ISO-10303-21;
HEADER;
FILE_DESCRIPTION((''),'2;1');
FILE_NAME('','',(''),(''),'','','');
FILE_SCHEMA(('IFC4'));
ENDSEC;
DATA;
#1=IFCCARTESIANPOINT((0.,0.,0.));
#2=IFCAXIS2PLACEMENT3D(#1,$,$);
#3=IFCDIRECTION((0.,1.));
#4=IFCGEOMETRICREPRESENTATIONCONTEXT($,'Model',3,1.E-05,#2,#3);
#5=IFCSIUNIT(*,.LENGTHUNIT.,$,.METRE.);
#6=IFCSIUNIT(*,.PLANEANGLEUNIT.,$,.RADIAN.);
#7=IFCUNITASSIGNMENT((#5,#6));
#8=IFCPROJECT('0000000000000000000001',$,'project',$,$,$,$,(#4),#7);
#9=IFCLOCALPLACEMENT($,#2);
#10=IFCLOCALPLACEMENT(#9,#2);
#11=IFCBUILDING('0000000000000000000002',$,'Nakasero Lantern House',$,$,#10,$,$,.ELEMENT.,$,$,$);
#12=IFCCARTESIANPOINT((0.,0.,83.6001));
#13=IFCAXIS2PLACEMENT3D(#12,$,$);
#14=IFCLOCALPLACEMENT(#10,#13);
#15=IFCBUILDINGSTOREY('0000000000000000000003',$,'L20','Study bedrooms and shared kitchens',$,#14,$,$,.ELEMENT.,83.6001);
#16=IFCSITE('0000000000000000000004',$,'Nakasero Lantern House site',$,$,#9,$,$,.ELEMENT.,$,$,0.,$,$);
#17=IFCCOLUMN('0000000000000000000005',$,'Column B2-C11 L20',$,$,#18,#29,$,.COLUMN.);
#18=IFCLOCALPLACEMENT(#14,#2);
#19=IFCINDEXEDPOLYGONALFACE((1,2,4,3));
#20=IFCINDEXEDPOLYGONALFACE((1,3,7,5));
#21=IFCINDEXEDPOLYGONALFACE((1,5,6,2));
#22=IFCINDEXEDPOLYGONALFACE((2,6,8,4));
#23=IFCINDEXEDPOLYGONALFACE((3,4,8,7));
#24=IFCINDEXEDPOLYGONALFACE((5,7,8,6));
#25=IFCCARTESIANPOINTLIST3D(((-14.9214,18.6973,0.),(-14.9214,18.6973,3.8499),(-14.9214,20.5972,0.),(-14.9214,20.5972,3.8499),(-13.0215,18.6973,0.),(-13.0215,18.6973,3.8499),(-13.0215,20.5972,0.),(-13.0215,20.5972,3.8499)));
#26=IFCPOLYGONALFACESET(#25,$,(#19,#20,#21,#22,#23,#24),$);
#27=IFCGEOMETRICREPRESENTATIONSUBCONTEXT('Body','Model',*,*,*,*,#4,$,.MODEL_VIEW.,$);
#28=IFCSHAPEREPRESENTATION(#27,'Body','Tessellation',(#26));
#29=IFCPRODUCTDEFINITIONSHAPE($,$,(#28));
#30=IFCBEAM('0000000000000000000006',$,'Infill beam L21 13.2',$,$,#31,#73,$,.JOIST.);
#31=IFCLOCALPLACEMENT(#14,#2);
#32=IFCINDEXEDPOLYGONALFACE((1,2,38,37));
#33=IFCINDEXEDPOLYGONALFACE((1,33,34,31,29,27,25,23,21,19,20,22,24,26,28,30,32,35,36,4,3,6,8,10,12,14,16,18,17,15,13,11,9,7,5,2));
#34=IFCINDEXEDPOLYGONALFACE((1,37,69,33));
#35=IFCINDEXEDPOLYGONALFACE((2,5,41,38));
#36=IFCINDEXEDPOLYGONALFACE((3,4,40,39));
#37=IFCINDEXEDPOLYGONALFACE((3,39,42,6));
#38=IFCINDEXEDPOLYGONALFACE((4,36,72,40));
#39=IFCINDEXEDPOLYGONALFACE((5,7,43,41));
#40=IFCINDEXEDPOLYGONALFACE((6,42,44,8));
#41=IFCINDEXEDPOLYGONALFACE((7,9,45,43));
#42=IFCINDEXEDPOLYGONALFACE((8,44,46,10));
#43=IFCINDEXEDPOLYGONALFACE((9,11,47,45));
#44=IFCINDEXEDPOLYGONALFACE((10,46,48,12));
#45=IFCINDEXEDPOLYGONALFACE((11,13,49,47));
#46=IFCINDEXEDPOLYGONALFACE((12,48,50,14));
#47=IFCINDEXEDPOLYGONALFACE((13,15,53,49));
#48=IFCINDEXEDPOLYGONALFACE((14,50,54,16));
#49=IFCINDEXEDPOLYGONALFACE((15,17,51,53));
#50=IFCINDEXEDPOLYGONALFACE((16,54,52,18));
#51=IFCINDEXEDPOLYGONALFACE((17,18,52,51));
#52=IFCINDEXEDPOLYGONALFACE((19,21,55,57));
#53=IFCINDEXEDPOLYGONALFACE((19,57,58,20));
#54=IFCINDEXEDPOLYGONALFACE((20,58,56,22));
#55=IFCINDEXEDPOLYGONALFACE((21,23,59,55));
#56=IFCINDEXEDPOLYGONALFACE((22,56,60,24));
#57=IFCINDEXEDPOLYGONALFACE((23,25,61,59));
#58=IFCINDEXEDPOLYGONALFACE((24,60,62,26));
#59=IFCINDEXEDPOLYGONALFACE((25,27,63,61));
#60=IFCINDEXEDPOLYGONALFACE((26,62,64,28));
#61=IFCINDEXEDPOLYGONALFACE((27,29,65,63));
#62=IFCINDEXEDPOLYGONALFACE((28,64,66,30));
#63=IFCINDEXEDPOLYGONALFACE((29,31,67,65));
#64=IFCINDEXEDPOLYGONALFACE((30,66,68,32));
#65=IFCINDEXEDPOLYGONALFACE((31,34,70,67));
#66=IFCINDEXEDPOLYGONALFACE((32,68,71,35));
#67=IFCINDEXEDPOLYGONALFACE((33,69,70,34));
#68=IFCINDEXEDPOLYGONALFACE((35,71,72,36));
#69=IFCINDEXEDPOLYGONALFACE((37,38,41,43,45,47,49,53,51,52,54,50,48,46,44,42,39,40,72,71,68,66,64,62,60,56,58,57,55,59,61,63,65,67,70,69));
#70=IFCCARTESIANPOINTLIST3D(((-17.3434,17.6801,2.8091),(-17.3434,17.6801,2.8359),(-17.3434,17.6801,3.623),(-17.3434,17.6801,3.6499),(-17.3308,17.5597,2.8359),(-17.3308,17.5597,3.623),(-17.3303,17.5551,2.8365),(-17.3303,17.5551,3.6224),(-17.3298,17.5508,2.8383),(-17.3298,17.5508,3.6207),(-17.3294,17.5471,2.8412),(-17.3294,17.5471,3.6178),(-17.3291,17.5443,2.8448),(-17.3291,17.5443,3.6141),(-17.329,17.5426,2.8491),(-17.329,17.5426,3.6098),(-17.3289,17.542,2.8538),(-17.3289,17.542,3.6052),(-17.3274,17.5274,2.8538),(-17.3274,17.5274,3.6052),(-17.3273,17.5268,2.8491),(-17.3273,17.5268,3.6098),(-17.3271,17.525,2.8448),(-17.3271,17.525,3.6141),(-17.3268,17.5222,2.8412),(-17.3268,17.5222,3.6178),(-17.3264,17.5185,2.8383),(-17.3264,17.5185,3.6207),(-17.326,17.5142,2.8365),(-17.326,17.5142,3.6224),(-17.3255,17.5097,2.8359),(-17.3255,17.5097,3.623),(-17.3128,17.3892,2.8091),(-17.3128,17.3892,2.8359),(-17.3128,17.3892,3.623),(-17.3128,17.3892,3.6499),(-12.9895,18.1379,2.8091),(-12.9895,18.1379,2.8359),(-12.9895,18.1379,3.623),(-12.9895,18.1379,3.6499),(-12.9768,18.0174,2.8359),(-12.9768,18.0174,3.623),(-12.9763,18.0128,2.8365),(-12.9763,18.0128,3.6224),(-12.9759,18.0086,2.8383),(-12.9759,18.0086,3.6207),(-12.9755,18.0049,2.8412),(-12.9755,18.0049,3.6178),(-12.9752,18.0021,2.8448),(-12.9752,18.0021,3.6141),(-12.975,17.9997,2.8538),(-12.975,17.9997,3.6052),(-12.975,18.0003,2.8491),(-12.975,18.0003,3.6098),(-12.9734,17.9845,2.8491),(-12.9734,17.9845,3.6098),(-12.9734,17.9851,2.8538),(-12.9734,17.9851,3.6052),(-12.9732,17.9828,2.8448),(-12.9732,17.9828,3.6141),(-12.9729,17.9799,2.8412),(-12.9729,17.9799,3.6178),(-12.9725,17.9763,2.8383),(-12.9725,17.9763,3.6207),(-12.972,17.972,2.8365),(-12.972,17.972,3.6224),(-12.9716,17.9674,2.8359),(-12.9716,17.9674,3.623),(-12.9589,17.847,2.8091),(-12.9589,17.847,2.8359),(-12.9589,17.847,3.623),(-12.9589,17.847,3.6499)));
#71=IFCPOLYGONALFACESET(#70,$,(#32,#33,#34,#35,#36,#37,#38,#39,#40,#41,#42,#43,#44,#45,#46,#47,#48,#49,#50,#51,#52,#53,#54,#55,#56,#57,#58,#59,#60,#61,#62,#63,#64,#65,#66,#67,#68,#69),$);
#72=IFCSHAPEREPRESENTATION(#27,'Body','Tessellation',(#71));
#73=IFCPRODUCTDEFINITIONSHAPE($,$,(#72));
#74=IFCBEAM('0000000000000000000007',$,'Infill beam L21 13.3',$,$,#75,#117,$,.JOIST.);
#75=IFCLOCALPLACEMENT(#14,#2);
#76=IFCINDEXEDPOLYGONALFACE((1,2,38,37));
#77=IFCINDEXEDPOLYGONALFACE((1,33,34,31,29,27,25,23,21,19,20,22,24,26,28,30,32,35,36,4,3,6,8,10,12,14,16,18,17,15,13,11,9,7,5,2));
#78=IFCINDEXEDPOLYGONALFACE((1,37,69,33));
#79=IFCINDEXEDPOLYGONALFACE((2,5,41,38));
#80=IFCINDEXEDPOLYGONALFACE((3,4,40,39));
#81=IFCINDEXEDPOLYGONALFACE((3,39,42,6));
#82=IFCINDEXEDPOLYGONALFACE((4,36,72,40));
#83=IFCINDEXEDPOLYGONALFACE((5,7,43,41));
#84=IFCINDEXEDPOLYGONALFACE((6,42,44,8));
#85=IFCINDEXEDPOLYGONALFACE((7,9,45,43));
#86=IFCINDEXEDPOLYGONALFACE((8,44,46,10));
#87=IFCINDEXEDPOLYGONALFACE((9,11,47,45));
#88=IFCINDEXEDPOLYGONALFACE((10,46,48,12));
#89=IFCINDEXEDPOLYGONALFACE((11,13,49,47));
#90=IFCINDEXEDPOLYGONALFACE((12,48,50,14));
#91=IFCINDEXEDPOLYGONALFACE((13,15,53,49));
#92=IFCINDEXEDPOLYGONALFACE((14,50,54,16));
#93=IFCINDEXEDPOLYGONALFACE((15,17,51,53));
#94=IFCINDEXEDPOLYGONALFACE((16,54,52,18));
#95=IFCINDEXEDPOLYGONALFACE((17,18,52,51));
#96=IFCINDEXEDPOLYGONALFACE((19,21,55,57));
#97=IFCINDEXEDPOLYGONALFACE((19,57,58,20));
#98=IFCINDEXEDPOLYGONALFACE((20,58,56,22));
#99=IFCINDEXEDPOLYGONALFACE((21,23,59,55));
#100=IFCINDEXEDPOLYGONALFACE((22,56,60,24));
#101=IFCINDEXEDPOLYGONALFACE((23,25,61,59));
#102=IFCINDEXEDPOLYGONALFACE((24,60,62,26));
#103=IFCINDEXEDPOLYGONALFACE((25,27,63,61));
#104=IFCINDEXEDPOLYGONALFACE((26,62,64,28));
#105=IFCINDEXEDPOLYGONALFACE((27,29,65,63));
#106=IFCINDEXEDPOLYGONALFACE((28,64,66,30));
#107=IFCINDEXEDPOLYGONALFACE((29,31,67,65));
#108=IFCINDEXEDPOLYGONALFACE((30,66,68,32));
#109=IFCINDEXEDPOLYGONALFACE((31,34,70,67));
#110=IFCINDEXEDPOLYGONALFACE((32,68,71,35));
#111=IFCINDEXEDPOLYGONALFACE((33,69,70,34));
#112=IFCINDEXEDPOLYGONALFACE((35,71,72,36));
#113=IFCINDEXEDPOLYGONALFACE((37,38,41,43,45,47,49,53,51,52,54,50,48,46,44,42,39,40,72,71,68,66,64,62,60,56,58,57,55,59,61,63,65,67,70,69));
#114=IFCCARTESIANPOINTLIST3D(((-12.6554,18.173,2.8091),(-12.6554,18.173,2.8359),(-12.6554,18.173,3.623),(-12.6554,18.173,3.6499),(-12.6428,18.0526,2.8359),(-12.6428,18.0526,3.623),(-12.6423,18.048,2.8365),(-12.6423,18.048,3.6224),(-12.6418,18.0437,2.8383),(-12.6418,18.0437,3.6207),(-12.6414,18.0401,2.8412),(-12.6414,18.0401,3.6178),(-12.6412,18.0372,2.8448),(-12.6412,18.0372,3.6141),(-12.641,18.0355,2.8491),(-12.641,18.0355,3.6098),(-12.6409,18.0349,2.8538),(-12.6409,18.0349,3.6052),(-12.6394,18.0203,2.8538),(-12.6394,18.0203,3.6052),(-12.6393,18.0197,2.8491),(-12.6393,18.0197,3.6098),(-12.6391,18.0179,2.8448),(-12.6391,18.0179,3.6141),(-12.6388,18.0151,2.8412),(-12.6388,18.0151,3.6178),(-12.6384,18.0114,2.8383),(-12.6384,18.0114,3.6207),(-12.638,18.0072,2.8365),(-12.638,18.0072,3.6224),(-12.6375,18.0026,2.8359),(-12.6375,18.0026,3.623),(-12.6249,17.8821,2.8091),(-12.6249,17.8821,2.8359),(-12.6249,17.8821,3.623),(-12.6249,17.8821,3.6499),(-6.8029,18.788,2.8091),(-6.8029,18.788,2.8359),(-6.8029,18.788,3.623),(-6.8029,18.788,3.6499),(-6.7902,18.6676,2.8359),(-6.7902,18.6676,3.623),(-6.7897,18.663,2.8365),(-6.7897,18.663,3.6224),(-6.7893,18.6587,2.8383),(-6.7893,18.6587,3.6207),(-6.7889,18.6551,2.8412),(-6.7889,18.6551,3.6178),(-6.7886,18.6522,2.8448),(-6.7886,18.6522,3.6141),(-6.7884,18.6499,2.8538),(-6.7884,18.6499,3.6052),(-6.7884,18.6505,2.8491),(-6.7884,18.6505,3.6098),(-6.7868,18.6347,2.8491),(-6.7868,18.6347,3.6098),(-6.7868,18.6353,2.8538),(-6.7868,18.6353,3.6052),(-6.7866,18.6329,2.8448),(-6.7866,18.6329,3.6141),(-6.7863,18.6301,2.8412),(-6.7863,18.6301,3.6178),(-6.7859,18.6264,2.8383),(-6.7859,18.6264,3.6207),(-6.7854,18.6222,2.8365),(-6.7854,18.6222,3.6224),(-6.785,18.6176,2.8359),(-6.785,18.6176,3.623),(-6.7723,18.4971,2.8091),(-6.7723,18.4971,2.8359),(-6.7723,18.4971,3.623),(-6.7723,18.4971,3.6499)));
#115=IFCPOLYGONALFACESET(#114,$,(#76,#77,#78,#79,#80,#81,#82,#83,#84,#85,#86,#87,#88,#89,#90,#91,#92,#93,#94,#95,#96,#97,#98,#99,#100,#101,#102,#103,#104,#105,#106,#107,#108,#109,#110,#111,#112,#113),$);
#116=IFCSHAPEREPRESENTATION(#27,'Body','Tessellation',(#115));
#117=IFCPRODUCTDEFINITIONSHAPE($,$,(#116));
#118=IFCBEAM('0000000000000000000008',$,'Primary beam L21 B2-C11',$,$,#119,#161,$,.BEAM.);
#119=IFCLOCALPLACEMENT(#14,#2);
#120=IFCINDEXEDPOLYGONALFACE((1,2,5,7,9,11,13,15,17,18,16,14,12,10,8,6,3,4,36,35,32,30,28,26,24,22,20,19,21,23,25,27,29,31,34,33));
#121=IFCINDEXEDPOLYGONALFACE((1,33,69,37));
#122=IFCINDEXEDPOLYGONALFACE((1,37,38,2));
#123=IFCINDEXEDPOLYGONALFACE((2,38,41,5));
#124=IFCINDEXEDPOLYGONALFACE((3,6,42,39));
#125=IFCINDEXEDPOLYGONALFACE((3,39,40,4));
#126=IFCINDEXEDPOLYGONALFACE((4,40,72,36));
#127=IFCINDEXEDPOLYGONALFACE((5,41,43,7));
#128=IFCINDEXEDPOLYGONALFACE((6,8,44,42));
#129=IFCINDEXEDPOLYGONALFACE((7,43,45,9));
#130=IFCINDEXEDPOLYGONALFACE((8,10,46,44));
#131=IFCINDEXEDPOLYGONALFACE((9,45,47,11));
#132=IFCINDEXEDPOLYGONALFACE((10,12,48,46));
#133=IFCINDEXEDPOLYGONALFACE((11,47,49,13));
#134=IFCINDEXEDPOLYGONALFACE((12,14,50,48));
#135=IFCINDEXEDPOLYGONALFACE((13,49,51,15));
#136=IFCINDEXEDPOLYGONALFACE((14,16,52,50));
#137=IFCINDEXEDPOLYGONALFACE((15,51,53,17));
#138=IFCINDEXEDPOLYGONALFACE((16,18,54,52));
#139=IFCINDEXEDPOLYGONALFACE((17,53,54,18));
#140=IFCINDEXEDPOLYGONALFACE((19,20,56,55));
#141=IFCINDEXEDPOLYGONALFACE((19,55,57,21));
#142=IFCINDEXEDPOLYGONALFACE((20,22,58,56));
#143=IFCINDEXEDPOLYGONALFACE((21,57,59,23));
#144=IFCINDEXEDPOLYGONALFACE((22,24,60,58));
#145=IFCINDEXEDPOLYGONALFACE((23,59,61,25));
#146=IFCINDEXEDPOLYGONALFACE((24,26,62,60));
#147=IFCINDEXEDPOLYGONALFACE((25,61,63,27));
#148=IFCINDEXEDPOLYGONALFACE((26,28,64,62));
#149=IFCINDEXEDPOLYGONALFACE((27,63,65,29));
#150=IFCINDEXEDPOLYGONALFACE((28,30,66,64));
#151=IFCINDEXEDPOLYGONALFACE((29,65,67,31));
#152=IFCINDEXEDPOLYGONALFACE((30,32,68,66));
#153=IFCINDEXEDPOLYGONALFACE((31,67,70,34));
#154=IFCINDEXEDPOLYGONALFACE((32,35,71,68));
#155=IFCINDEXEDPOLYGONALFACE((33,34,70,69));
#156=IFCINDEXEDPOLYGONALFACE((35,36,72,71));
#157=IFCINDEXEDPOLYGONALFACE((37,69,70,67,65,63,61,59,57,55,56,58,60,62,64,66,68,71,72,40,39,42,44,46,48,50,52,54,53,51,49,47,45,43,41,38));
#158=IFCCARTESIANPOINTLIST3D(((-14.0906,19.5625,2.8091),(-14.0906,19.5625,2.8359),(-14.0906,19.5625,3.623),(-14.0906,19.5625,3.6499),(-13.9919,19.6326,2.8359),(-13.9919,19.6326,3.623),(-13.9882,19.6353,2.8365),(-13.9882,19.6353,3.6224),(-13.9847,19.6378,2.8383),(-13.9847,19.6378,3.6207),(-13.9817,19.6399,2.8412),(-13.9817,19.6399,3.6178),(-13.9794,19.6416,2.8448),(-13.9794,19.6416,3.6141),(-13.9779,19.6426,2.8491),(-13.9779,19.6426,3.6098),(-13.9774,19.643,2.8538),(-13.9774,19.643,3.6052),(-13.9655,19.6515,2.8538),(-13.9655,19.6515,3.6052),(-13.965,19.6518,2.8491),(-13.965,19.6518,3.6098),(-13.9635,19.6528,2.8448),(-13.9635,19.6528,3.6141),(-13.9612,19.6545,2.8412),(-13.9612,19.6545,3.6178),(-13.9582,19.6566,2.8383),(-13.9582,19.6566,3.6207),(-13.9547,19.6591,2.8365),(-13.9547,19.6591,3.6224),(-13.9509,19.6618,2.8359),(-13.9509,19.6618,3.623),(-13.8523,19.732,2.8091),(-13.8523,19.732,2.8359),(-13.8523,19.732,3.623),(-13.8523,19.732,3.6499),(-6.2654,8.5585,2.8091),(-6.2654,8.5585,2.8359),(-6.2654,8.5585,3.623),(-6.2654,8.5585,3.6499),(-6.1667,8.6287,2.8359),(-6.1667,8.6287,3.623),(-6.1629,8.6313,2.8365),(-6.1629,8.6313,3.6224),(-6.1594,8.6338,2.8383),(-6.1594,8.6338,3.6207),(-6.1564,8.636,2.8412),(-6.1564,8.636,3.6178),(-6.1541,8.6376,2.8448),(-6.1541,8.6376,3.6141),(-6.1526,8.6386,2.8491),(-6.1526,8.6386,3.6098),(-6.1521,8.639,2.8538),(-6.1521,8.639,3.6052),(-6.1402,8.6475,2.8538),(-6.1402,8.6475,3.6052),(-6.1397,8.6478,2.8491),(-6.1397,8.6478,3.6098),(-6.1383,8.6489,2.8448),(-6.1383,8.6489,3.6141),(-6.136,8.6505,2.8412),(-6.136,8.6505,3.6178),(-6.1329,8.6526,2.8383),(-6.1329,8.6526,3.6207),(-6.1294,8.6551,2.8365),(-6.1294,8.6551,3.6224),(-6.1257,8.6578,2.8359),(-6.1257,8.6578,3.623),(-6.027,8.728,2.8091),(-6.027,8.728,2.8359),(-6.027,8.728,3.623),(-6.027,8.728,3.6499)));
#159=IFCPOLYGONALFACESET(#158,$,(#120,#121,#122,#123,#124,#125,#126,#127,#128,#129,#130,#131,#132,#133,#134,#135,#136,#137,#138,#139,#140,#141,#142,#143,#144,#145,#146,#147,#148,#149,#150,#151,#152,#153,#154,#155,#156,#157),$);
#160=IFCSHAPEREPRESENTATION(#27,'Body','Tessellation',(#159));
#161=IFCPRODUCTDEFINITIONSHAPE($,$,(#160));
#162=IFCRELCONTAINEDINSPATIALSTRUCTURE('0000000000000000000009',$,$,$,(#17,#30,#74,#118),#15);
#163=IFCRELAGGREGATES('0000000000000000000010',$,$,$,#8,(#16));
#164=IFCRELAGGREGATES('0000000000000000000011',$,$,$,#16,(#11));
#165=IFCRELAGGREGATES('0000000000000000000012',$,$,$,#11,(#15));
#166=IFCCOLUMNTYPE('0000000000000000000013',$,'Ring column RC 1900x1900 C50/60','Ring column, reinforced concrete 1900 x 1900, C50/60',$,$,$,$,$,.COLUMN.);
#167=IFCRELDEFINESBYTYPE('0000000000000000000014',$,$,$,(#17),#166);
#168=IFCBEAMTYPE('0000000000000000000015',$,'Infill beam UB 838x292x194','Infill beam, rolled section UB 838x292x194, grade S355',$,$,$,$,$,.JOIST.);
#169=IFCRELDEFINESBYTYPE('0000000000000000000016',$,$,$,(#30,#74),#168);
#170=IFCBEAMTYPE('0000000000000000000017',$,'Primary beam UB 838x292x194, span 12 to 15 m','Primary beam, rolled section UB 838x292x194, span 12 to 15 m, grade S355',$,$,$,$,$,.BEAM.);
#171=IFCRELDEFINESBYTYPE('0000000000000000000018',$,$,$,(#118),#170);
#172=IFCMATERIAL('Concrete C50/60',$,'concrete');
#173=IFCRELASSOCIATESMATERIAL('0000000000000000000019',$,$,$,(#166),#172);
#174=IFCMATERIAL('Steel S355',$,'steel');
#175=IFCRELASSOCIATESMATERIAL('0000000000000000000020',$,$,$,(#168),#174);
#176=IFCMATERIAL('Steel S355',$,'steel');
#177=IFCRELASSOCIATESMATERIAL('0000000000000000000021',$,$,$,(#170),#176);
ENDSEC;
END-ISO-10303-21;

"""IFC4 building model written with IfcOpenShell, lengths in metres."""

from ifc_helpers import new_model, si_unit, direction, frame, origin, origin_2d, place, context, subcontext, project, spatial, rectangle, i_section, extrude, material, material_profile, profile_set, type_object, element, save


model = new_model("IFC4")

# Units and contexts
model_context = context("Model", 3, precision=1e-05, world=origin(), true_north=direction((0.0, 1.0)))
body_context = subcontext(model_context, "Body", "Model", "MODEL_VIEW")
ifc_project = project(units=[si_unit("LENGTHUNIT", "METRE"), si_unit("PLANEANGLEUNIT", "RADIAN")], contexts=[model_context])

# Site, building, storey
site_placement = place(None, origin())
site = spatial("IfcSite", under=ifc_project, at=site_placement, Name="Nakasero Lantern House site", CompositionType="ELEMENT", RefElevation=0.0)
building_placement = place(site_placement, origin())
building = spatial("IfcBuilding", under=site, at=building_placement, Name="Nakasero Lantern House", CompositionType="ELEMENT")
storey_placement = place(building_placement, frame((0.0, 0.0, 83.6001)))
storey = spatial("IfcBuildingStorey", under=building, at=storey_placement, Name="L20", Description="Study bedrooms and shared kitchens", CompositionType="ELEMENT", Elevation=83.6001)

# Column
ifc_material_1 = material(Name="Concrete C50/60", Category="concrete")
ifc_material_profile_1 = material_profile(ifc_material_1, rectangle(XDim=1.8999, YDim=1.8999, at=origin_2d()), Name="RC 1900x1900")
ifc_profile_set_1 = profile_set([ifc_material_profile_1], Name="Concrete C50/60")
column_type = type_object("IfcColumnType", Name="Ring column RC 1900x1900 C50/60", Description="Ring column, reinforced concrete 1900 x 1900, C50/60", PredefinedType="COLUMN", material=ifc_profile_set_1)
column_placement = place(storey_placement, frame((-13.9714, 19.6472, 0.0), z_axis=(0.0, 0.0, 1.0), x_axis=(1.0, 0.0, 0.0)))
element("IfcColumn", 1, at=column_placement, inside=storey, type_object=column_type, Name="Column B2-C11 L20", PredefinedType="COLUMN", context=body_context, shape_type="SweptSolid", body=[
    extrude(rectangle(XDim=1.8999, YDim=1.8999, at=origin_2d()), origin(), (0.0, 0.0, 1.0), 3.8499),
])

# Beams
ifc_material_2 = material(Name="Steel S355", Category="steel")
ifc_material_profile_2 = material_profile(ifc_material_2, i_section(OverallWidth=0.2925, OverallDepth=0.8408, WebThickness=0.0146, FlangeThickness=0.0269, FilletRadius=0.0178, at=origin_2d()), Name="UB 838x292x194")
ifc_profile_set_2 = profile_set([ifc_material_profile_2], Name="Steel S355")
beam_type_1 = type_object("IfcBeamType", Name="Infill beam UB 838x292x194", Description="Infill beam, rolled section UB 838x292x194, grade S355", PredefinedType="JOIST", material=ifc_profile_set_2)
beam_1_placement = place(storey_placement, frame((-17.3281, 17.5347, 3.2295), z_axis=(0.994519, 0.10456, 0.0), x_axis=(-0.10456, 0.994519, 0.0)))
element("IfcBeam", 2, at=beam_1_placement, inside=storey, type_object=beam_type_1, Name="Infill beam L21 13.2", PredefinedType="JOIST", context=body_context, shape_type="SweptSolid", body=[
    extrude(i_section(OverallWidth=0.2925, OverallDepth=0.8408, WebThickness=0.0146, FlangeThickness=0.0269, FilletRadius=0.0178, at=origin_2d()), origin(), (0.0, 0.0, 1.0), 4.3779),
])
beam_2_placement = place(storey_placement, frame((-12.6401, 18.0276, 3.2295), z_axis=(0.994524, 0.104506, 0.0), x_axis=(-0.104506, 0.994524, 0.0)))
element("IfcBeam", 3, at=beam_2_placement, inside=storey, type_object=beam_type_1, Name="Infill beam L21 13.3", PredefinedType="JOIST", context=body_context, shape_type="SweptSolid", body=[
    extrude(i_section(OverallWidth=0.2925, OverallDepth=0.8408, WebThickness=0.0146, FlangeThickness=0.0269, FilletRadius=0.0178, at=origin_2d()), origin(), (0.0, 0.0, 1.0), 5.8848),
])
ifc_material_3 = material(Name="Steel S355", Category="steel")
ifc_material_profile_3 = material_profile(ifc_material_3, i_section(OverallWidth=0.2925, OverallDepth=0.8408, WebThickness=0.0146, FlangeThickness=0.0269, FilletRadius=0.0178, at=origin_2d()), Name="UB 838x292x194")
ifc_profile_set_3 = profile_set([ifc_material_profile_3], Name="Steel S355")
beam_type_2 = type_object("IfcBeamType", Name="Primary beam UB 838x292x194, span 12 to 15 m", Description="Primary beam, rolled section UB 838x292x194, span 12 to 15 m, grade S355", PredefinedType="BEAM", material=ifc_profile_set_3)
beam_3_placement = place(storey_placement, frame((-13.9714, 19.6472, 3.2295), z_axis=(0.579533, -0.814948, 0.0), x_axis=(0.814948, 0.579533, 0.0)))
element("IfcBeam", 4, at=beam_3_placement, inside=storey, type_object=beam_type_2, Name="Primary beam L21 B2-C11", PredefinedType="BEAM", context=body_context, shape_type="SweptSolid", body=[
    extrude(i_section(OverallWidth=0.2925, OverallDepth=0.8408, WebThickness=0.0146, FlangeThickness=0.0269, FilletRadius=0.0178, at=origin_2d()), origin(), (0.0, 0.0, 1.0), 13.5027),
])

save(model, "model.ifc")
